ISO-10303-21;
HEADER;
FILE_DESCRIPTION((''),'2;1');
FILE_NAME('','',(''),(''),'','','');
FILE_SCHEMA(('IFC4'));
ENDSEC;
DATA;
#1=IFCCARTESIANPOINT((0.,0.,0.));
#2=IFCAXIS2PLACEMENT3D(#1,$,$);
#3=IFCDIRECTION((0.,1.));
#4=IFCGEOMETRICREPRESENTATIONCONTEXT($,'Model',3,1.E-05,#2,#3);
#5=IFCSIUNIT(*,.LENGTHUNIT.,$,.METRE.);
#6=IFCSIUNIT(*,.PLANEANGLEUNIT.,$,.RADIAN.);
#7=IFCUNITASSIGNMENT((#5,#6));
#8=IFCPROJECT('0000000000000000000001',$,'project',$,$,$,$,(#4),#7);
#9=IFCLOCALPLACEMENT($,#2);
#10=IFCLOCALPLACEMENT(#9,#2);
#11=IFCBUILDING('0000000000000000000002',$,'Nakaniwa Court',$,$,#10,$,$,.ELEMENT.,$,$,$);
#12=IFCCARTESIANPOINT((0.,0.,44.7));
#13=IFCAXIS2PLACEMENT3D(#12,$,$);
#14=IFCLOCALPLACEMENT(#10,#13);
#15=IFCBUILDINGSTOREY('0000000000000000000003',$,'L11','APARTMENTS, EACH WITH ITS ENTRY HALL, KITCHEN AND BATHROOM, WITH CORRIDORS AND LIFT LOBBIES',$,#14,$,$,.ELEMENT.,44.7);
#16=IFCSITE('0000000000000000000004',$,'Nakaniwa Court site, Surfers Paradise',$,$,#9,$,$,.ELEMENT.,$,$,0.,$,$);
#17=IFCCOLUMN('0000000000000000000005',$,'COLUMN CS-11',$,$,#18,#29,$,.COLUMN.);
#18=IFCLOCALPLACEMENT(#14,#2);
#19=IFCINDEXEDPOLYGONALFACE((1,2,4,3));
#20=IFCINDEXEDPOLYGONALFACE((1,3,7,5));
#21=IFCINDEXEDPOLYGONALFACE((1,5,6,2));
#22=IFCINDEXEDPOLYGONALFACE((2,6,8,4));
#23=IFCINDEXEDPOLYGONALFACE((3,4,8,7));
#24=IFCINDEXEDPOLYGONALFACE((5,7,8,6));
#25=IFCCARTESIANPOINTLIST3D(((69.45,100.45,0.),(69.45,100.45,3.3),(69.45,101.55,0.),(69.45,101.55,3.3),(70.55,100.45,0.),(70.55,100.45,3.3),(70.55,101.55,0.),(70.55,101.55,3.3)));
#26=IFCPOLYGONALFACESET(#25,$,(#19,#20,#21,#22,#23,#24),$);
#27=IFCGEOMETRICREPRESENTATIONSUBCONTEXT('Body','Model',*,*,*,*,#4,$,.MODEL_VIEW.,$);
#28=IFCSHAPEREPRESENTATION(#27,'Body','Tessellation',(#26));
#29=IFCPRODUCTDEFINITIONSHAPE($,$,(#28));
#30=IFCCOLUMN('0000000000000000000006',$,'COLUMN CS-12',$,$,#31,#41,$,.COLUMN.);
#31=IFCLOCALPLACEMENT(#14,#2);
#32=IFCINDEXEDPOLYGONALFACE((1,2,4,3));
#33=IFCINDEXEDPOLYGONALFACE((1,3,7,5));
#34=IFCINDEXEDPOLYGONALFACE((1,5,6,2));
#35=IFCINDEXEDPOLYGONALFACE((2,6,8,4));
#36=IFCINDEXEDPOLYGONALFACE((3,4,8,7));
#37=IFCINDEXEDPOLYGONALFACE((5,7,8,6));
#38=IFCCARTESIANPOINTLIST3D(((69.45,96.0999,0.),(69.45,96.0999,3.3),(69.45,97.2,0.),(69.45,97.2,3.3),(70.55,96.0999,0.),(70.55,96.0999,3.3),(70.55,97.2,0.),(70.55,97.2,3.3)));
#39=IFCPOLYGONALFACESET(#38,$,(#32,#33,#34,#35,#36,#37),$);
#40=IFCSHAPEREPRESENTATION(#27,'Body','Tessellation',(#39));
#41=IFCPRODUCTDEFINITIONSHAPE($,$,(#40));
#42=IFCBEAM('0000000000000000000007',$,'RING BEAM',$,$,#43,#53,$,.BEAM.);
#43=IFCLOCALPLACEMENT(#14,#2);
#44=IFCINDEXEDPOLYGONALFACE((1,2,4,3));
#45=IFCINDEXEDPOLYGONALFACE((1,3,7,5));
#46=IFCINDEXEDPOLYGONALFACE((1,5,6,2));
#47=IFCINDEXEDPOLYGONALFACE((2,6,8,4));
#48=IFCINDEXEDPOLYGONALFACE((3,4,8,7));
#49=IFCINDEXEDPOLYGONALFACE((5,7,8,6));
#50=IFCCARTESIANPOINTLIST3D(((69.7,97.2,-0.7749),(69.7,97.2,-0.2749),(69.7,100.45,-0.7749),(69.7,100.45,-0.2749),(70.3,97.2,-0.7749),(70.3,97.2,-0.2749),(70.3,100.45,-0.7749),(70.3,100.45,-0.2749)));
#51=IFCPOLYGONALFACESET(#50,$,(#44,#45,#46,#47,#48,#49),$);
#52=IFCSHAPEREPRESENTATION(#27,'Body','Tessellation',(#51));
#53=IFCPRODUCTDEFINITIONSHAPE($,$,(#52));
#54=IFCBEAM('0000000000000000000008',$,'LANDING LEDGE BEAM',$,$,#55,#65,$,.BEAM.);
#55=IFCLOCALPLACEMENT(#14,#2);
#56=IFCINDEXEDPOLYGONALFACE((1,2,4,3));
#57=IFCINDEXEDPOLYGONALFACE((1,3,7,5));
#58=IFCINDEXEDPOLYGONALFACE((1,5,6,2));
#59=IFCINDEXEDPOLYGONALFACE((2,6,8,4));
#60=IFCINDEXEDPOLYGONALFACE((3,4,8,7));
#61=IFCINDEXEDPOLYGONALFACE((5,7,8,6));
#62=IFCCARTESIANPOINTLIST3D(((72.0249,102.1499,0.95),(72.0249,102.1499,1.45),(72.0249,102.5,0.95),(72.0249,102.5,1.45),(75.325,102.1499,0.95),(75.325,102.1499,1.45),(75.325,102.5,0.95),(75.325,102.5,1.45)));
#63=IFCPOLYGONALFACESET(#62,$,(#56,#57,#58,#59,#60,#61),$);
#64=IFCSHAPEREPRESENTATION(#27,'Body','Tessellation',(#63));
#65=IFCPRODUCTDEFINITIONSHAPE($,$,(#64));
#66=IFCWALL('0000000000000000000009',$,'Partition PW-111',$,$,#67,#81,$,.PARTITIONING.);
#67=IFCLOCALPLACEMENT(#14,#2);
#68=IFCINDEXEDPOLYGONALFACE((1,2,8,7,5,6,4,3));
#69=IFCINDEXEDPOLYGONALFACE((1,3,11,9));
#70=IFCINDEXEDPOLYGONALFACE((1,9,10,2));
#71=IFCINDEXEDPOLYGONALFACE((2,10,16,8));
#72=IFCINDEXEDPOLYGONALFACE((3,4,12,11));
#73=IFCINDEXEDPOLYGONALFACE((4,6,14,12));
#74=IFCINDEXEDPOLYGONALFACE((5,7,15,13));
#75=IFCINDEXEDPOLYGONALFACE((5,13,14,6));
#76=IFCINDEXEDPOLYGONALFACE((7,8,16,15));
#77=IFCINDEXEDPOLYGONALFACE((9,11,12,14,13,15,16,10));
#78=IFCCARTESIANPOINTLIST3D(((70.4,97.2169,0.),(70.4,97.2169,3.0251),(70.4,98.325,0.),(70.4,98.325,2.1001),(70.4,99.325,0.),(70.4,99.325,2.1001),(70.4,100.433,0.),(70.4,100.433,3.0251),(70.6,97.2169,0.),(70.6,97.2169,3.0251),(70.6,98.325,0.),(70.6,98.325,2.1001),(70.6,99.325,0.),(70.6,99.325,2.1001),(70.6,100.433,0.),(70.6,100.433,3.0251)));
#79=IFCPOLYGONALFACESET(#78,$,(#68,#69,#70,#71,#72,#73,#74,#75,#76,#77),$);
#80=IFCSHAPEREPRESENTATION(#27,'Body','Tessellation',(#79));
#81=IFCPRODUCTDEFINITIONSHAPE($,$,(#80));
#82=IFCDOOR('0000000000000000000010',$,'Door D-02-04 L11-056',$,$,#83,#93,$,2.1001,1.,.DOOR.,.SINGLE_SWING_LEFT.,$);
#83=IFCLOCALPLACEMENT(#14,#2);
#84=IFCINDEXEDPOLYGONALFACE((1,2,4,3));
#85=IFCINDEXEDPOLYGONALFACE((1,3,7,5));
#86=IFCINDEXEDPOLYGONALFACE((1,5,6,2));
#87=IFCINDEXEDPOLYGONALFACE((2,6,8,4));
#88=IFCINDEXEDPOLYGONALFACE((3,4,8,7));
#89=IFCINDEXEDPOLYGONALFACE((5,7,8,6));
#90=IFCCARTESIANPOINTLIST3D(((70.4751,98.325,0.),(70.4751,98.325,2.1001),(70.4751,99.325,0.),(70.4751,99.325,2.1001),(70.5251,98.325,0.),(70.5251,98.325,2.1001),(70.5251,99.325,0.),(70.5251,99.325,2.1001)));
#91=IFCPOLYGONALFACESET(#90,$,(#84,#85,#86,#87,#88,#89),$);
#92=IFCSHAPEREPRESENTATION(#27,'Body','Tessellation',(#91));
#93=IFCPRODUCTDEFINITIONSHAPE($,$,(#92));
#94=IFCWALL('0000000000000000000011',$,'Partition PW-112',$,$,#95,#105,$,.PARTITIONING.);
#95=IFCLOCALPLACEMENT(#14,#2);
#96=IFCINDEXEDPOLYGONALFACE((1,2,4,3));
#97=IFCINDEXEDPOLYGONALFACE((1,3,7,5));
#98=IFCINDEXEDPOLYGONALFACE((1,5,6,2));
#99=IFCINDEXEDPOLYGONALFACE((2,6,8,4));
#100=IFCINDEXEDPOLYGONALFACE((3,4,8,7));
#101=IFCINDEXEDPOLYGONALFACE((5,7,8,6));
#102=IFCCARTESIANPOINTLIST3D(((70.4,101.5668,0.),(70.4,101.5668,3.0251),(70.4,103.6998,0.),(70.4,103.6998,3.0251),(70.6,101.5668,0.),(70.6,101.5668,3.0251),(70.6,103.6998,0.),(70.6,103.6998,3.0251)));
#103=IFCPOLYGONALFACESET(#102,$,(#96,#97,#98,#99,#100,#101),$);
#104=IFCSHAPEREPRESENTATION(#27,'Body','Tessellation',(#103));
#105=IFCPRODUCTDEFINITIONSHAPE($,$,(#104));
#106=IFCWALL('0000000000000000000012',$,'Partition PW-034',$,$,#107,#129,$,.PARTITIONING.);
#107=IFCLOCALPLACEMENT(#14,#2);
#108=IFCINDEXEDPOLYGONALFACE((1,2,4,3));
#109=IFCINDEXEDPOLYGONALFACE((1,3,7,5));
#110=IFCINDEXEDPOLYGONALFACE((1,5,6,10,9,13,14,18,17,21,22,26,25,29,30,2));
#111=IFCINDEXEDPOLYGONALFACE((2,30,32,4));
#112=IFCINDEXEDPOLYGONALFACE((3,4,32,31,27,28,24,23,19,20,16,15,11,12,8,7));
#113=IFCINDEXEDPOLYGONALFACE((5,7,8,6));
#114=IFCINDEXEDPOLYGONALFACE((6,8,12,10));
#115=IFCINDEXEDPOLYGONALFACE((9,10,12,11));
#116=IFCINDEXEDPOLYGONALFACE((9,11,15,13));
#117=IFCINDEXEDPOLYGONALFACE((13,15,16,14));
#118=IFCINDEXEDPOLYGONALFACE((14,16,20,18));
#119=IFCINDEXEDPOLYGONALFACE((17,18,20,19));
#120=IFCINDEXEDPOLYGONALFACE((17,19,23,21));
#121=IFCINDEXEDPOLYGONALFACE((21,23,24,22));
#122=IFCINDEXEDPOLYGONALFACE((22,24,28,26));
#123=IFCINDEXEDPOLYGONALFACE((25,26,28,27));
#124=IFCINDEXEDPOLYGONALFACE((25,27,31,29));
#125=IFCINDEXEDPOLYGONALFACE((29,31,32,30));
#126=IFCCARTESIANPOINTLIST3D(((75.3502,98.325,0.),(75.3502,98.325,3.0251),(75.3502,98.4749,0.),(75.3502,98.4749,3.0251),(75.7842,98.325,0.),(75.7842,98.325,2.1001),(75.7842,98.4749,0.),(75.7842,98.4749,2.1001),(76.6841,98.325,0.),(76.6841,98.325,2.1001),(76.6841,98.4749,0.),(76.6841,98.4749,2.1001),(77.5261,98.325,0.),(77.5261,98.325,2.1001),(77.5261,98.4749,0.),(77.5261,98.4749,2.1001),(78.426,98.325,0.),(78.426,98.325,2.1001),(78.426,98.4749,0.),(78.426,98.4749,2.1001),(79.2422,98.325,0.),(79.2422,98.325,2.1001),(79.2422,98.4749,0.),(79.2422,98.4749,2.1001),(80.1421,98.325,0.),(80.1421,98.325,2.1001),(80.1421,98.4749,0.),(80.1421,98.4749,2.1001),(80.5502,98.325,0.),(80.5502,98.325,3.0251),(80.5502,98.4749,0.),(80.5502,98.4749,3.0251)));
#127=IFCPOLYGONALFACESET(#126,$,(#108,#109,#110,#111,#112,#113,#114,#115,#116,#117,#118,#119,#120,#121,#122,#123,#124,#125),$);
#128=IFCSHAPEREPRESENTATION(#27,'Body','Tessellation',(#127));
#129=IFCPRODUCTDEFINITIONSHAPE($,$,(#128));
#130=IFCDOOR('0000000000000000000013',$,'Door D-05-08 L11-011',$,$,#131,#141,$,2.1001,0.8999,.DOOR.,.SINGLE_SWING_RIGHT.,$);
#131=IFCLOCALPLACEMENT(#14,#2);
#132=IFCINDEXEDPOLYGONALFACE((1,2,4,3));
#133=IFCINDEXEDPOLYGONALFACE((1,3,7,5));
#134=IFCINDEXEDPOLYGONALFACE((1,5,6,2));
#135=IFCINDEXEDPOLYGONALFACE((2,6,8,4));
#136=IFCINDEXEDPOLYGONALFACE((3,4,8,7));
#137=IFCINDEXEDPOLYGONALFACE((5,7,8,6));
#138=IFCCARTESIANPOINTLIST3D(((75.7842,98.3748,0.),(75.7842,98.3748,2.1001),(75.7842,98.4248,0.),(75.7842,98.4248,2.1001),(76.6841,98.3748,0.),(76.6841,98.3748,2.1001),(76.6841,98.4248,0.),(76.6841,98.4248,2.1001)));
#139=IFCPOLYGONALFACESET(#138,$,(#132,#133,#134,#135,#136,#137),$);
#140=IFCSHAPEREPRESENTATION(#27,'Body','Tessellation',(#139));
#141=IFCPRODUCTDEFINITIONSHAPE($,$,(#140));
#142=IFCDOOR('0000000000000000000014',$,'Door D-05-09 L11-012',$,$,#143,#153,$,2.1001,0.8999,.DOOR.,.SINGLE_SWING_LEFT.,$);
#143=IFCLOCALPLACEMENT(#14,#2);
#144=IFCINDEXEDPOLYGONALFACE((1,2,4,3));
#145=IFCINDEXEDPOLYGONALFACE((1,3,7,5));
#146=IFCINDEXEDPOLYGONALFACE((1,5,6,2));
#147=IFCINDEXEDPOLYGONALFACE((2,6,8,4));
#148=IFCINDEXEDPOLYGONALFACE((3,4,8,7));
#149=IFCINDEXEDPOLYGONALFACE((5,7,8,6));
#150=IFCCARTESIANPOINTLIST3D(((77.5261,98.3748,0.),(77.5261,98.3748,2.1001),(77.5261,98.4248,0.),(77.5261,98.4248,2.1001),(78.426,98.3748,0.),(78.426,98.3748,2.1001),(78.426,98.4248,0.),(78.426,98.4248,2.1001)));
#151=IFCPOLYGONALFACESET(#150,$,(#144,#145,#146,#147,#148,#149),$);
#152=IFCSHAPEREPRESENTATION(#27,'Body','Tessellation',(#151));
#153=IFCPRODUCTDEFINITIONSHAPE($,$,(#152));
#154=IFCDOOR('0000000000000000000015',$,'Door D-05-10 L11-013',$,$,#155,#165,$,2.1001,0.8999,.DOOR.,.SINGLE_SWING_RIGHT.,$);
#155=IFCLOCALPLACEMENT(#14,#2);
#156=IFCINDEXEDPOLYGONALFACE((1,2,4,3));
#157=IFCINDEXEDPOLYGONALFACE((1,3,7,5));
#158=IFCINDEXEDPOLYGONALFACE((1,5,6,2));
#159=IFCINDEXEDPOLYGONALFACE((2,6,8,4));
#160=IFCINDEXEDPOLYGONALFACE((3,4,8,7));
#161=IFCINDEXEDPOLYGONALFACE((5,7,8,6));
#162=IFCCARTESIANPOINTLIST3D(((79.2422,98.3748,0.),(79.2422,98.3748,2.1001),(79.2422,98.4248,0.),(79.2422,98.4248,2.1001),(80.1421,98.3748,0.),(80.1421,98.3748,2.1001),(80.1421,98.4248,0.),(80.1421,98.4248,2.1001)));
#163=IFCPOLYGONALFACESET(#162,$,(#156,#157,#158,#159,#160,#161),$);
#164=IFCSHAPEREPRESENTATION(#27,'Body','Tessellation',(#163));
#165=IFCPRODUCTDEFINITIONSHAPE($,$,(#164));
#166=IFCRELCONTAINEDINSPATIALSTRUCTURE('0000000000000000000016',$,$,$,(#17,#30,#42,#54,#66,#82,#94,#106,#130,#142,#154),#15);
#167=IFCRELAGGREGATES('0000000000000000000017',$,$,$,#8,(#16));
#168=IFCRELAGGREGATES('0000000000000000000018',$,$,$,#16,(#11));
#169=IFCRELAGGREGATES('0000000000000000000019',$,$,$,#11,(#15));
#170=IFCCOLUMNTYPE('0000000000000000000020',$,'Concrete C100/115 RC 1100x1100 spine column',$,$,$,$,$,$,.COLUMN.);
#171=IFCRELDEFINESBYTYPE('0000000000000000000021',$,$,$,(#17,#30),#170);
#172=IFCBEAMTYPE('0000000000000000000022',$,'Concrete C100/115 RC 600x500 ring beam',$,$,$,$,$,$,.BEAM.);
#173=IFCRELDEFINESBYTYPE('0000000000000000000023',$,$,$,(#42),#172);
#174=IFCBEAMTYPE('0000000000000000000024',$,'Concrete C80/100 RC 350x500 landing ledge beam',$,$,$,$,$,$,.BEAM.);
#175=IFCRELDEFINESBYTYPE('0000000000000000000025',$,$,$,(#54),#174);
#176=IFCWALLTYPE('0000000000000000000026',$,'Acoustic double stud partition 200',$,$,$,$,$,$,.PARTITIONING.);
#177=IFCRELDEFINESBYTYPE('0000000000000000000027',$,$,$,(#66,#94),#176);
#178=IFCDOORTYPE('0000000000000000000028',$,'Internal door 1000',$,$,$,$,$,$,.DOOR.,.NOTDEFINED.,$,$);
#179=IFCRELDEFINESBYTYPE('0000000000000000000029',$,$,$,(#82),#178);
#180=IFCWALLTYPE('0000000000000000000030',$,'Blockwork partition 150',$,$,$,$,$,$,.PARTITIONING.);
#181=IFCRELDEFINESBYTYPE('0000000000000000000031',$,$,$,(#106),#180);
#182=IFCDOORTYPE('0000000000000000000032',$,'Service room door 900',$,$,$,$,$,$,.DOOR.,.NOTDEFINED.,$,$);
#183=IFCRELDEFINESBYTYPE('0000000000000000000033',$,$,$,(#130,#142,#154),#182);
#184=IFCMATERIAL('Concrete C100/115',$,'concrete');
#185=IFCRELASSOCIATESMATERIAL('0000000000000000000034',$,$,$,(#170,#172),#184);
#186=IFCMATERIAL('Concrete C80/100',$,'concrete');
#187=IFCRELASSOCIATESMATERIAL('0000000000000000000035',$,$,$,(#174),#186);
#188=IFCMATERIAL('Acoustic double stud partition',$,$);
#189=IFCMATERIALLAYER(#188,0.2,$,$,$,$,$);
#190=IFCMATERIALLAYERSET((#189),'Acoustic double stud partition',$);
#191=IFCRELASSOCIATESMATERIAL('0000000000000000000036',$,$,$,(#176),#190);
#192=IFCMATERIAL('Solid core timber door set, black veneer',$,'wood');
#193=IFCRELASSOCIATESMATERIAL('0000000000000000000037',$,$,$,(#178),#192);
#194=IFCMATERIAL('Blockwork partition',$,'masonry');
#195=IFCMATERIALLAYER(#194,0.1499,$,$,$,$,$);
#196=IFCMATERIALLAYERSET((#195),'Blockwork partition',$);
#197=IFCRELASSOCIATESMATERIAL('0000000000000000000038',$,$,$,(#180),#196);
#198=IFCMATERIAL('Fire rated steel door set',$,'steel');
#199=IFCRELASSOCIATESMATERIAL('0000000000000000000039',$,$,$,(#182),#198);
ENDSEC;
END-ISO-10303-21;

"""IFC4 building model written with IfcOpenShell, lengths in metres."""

from ifc_helpers import new_model, si_unit, direction, frame, frame_2d, origin, origin_2d, place, context, subcontext, project, spatial, rectangle, extrude, material, layer, layer_set, material_profile, profile_set, type_object, element, fill, save


model = new_model("IFC4")

# Units and contexts
model_context = context("Model", 3, precision=1e-05, world=origin(), true_north=direction((0.0, 1.0)))
body_context = subcontext(model_context, "Body", "Model", "MODEL_VIEW")
ifc_project = project(units=[si_unit("LENGTHUNIT", "METRE"), si_unit("PLANEANGLEUNIT", "RADIAN")], contexts=[model_context])

# Site, building, storey
site_placement = place(None, origin())
site = spatial("IfcSite", under=ifc_project, at=site_placement, Name="Nakaniwa Court site, Surfers Paradise", CompositionType="ELEMENT", RefElevation=0.0)
building_placement = place(site_placement, origin())
building = spatial("IfcBuilding", under=site, at=building_placement, Name="Nakaniwa Court", CompositionType="ELEMENT")
storey_placement = place(building_placement, frame((0.0, 0.0, 44.7)))
storey = spatial("IfcBuildingStorey", under=building, at=storey_placement, Name="L11", Description="APARTMENTS, EACH WITH ITS ENTRY HALL, KITCHEN AND BATHROOM, WITH CORRIDORS AND LIFT LOBBIES", CompositionType="ELEMENT", Elevation=44.7)

# Columns
ifc_material_1 = material(Name="Concrete C100/115", Category="concrete")
ifc_material_profile_1 = material_profile(ifc_material_1, rectangle(XDim=1.1001, YDim=1.1001, at=origin_2d()), Name="Concrete C100/115 RC 1100x1100 spine column")
ifc_profile_set_1 = profile_set([ifc_material_profile_1], Name="Concrete C100/115")
column_type = type_object("IfcColumnType", Name="Concrete C100/115 RC 1100x1100 spine column", PredefinedType="COLUMN", material=ifc_profile_set_1)
for number, where, z_axis, x_axis, name in (
    (1, (70.0, 101.0, 0.0), (0.0, 0.0, 1.0), (0.0, -1.0, 0.0), "COLUMN CS-11"),
    (2, (70.0, 96.6499, 0.0), (0.0, 0.0, 1.0), (0.0, -1.0, 0.0), "COLUMN CS-12"),
):
    element("IfcColumn", number, at=place(storey_placement, frame(where, z_axis=z_axis, x_axis=x_axis)), inside=storey, type_object=column_type, Name=name, PredefinedType="COLUMN", context=body_context, shape_type="SweptSolid", body=[
        extrude(rectangle(XDim=1.1001, YDim=1.1001, at=origin_2d()), origin(), (0.0, 0.0, 1.0), 3.3),
    ])

# Beams
ifc_material_profile_2 = material_profile(ifc_material_1, rectangle(XDim=0.6001, YDim=0.5, at=origin_2d()), Name="Concrete C100/115 RC 600x500 ring beam")
ifc_profile_set_2 = profile_set([ifc_material_profile_2], Name="Concrete C100/115")
beam_type_1 = type_object("IfcBeamType", Name="Concrete C100/115 RC 600x500 ring beam", PredefinedType="BEAM", material=ifc_profile_set_2)
beam_1_placement = place(storey_placement, frame((70.0, 100.45, -0.5249), z_axis=(0.0, -1.0, 0.0), x_axis=(1.0, 0.0, 0.0)))
element("IfcBeam", 3, at=beam_1_placement, inside=storey, type_object=beam_type_1, Name="RING BEAM", PredefinedType="BEAM", context=body_context, shape_type="SweptSolid", body=[
    extrude(rectangle(XDim=0.6001, YDim=0.5, at=origin_2d()), origin(), (0.0, 0.0, 1.0), 3.25),
])
ifc_material_2 = material(Name="Concrete C80/100", Category="concrete")
ifc_material_profile_3 = material_profile(ifc_material_2, rectangle(XDim=0.3501, YDim=0.5, at=origin_2d()), Name="Concrete C80/100 RC 350x500 landing ledge beam")
ifc_profile_set_3 = profile_set([ifc_material_profile_3], Name="Concrete C80/100")
beam_type_2 = type_object("IfcBeamType", Name="Concrete C80/100 RC 350x500 landing ledge beam", PredefinedType="BEAM", material=ifc_profile_set_3)
beam_2_placement = place(storey_placement, frame((72.0249, 102.325, 1.2), z_axis=(1.0, 0.0, 0.0), x_axis=(0.0, 1.0, 0.0)))
element("IfcBeam", 4, at=beam_2_placement, inside=storey, type_object=beam_type_2, Name="LANDING LEDGE BEAM", PredefinedType="BEAM", context=body_context, shape_type="SweptSolid", body=[
    extrude(rectangle(XDim=0.3501, YDim=0.5, at=origin_2d()), origin(), (0.0, 0.0, 1.0), 3.3),
])

# Wall, opening, door
ifc_material_3 = material(Name="Acoustic double stud partition")
ifc_layer_1 = layer(ifc_material_3, 0.2)
ifc_layer_set_1 = layer_set([ifc_layer_1], Name="Acoustic double stud partition")
wall_type_1 = type_object("IfcWallType", Name="Acoustic double stud partition 200", PredefinedType="PARTITIONING", material=ifc_layer_set_1)
wall_1_placement = place(storey_placement, frame((70.5, 97.217, 0.0), z_axis=(0.0, 0.0, 1.0), x_axis=(0.0, 1.0, 0.0)))
wall_1 = element("IfcWall", 5, at=wall_1_placement, inside=storey, type_object=wall_type_1, Name="Partition PW-111", PredefinedType="PARTITIONING", context=body_context, shape_type="SweptSolid", body=[
    extrude(rectangle(XDim=3.2161, YDim=0.2, at=frame_2d((1.6079, 0.0))), origin(), (0.0, 0.0, 1.0), 3.0251),
])
opening_1_placement = place(wall_1_placement, frame((1.1079, 0.0, 0.0)))
opening_1 = element("IfcOpeningElement", 6, at=opening_1_placement, cuts=wall_1, PredefinedType="OPENING", context=body_context, shape_type="SweptSolid", body=[
    extrude(rectangle(XDim=1.0, YDim=2.1001, at=frame_2d((0.5, 1.05))), frame((0.0, 0.1099, 0.0), z_axis=(0.0, -1.0, 0.0), x_axis=(1.0, 0.0, 0.0)), (0.0, 0.0, 1.0), 0.22),
])
ifc_material_4 = material(Name="Solid core timber door set, black veneer", Category="wood")
door_type_1 = type_object("IfcDoorType", Name="Internal door 1000", OperationType="NOTDEFINED", PredefinedType="DOOR", material=ifc_material_4)
door_1_placement = place(opening_1_placement, origin())
door_1 = element("IfcDoor", 7, at=door_1_placement, inside=storey, type_object=door_type_1, Name="Door D-02-04 L11-056", OperationType="SINGLE_SWING_LEFT", OverallHeight=2.1001, OverallWidth=1.0, PredefinedType="DOOR", context=body_context, shape_type="SweptSolid", body=[
    extrude(rectangle(XDim=1.0, YDim=2.1001, at=frame_2d((0.5, 1.05))), frame((0.0, 0.0249, 0.0), z_axis=(0.0, -1.0, 0.0), x_axis=(1.0, 0.0, 0.0)), (0.0, 0.0, 1.0), 0.05),
])
fill(opening_1, door_1)

# Wall
wall_2_placement = place(storey_placement, frame((70.5, 101.5669, 0.0), z_axis=(0.0, 0.0, 1.0), x_axis=(0.0, 1.0, 0.0)))
element("IfcWall", 8, at=wall_2_placement, inside=storey, type_object=wall_type_1, Name="Partition PW-112", PredefinedType="PARTITIONING", context=body_context, shape_type="SweptSolid", body=[
    extrude(rectangle(XDim=2.1331, YDim=0.2, at=frame_2d((1.0664, 0.0))), origin(), (0.0, 0.0, 1.0), 3.0251),
])

# Wall, openings, doors
ifc_material_5 = material(Name="Blockwork partition", Category="masonry")
ifc_layer_2 = layer(ifc_material_5, 0.1499)
ifc_layer_set_2 = layer_set([ifc_layer_2], Name="Blockwork partition")
wall_type_2 = type_object("IfcWallType", Name="Blockwork partition 150", PredefinedType="PARTITIONING", material=ifc_layer_set_2)
wall_3_placement = place(storey_placement, frame((75.3501, 98.3999, 0.0), z_axis=(0.0, 0.0, 1.0), x_axis=(1.0, 0.0, 0.0)))
wall_3 = element("IfcWall", 9, at=wall_3_placement, inside=storey, type_object=wall_type_2, Name="Partition PW-034", PredefinedType="PARTITIONING", context=body_context, shape_type="SweptSolid", body=[
    extrude(rectangle(XDim=5.2, YDim=0.1499, at=frame_2d((2.6001, 0.0))), origin(), (0.0, 0.0, 1.0), 3.0251),
])
opening_2_placement = place(wall_3_placement, frame((0.4341, 0.0, 0.0)))
opening_2 = element("IfcOpeningElement", 10, at=opening_2_placement, cuts=wall_3, PredefinedType="OPENING", context=body_context, shape_type="SweptSolid", body=[
    extrude(rectangle(XDim=0.8999, YDim=2.1001, at=frame_2d((0.45, 1.05))), frame((0.0, 0.085, 0.0), z_axis=(0.0, -1.0, 0.0), x_axis=(1.0, 0.0, 0.0)), (0.0, 0.0, 1.0), 0.1699),
])
opening_3_placement = place(wall_3_placement, frame((2.176, 0.0, 0.0)))
opening_3 = element("IfcOpeningElement", 11, at=opening_3_placement, cuts=wall_3, PredefinedType="OPENING", context=body_context, shape_type="SweptSolid", body=[
    extrude(rectangle(XDim=0.8999, YDim=2.1001, at=frame_2d((0.45, 1.05))), frame((0.0, 0.085, 0.0), z_axis=(0.0, -1.0, 0.0), x_axis=(1.0, 0.0, 0.0)), (0.0, 0.0, 1.0), 0.1699),
])
opening_4_placement = place(wall_3_placement, frame((3.8921, 0.0, 0.0)))
opening_4 = element("IfcOpeningElement", 12, at=opening_4_placement, cuts=wall_3, PredefinedType="OPENING", context=body_context, shape_type="SweptSolid", body=[
    extrude(rectangle(XDim=0.8999, YDim=2.1001, at=frame_2d((0.45, 1.05))), frame((0.0, 0.085, 0.0), z_axis=(0.0, -1.0, 0.0), x_axis=(1.0, 0.0, 0.0)), (0.0, 0.0, 1.0), 0.1699),
])
ifc_material_6 = material(Name="Fire rated steel door set", Category="steel")
door_type_2 = type_object("IfcDoorType", Name="Service room door 900", OperationType="NOTDEFINED", PredefinedType="DOOR", material=ifc_material_6)
door_2_placement = place(opening_2_placement, origin())
door_2 = element("IfcDoor", 13, at=door_2_placement, inside=storey, type_object=door_type_2, Name="Door D-05-08 L11-011", OperationType="SINGLE_SWING_RIGHT", OverallHeight=2.1001, OverallWidth=0.8999, PredefinedType="DOOR", context=body_context, shape_type="SweptSolid", body=[
    extrude(rectangle(XDim=0.8999, YDim=2.1001, at=frame_2d((0.45, 1.05))), frame((0.0, 0.0249, 0.0), z_axis=(0.0, -1.0, 0.0), x_axis=(1.0, 0.0, 0.0)), (0.0, 0.0, 1.0), 0.05),
])
fill(opening_2, door_2)
door_3_placement = place(opening_3_placement, origin())
door_3 = element("IfcDoor", 14, at=door_3_placement, inside=storey, type_object=door_type_2, Name="Door D-05-09 L11-012", OperationType="SINGLE_SWING_LEFT", OverallHeight=2.1001, OverallWidth=0.8999, PredefinedType="DOOR", context=body_context, shape_type="SweptSolid", body=[
    extrude(rectangle(XDim=0.8999, YDim=2.1001, at=frame_2d((0.45, 1.05))), frame((0.0, 0.0249, 0.0), z_axis=(0.0, -1.0, 0.0), x_axis=(1.0, 0.0, 0.0)), (0.0, 0.0, 1.0), 0.05),
])
fill(opening_3, door_3)
door_4_placement = place(opening_4_placement, origin())
door_4 = element("IfcDoor", 15, at=door_4_placement, inside=storey, type_object=door_type_2, Name="Door D-05-10 L11-013", OperationType="SINGLE_SWING_RIGHT", OverallHeight=2.1001, OverallWidth=0.8999, PredefinedType="DOOR", context=body_context, shape_type="SweptSolid", body=[
    extrude(rectangle(XDim=0.8999, YDim=2.1001, at=frame_2d((0.45, 1.05))), frame((0.0, 0.0249, 0.0), z_axis=(0.0, -1.0, 0.0), x_axis=(1.0, 0.0, 0.0)), (0.0, 0.0, 1.0), 0.05),
])
fill(opening_4, door_4)

save(model, "model.ifc")
